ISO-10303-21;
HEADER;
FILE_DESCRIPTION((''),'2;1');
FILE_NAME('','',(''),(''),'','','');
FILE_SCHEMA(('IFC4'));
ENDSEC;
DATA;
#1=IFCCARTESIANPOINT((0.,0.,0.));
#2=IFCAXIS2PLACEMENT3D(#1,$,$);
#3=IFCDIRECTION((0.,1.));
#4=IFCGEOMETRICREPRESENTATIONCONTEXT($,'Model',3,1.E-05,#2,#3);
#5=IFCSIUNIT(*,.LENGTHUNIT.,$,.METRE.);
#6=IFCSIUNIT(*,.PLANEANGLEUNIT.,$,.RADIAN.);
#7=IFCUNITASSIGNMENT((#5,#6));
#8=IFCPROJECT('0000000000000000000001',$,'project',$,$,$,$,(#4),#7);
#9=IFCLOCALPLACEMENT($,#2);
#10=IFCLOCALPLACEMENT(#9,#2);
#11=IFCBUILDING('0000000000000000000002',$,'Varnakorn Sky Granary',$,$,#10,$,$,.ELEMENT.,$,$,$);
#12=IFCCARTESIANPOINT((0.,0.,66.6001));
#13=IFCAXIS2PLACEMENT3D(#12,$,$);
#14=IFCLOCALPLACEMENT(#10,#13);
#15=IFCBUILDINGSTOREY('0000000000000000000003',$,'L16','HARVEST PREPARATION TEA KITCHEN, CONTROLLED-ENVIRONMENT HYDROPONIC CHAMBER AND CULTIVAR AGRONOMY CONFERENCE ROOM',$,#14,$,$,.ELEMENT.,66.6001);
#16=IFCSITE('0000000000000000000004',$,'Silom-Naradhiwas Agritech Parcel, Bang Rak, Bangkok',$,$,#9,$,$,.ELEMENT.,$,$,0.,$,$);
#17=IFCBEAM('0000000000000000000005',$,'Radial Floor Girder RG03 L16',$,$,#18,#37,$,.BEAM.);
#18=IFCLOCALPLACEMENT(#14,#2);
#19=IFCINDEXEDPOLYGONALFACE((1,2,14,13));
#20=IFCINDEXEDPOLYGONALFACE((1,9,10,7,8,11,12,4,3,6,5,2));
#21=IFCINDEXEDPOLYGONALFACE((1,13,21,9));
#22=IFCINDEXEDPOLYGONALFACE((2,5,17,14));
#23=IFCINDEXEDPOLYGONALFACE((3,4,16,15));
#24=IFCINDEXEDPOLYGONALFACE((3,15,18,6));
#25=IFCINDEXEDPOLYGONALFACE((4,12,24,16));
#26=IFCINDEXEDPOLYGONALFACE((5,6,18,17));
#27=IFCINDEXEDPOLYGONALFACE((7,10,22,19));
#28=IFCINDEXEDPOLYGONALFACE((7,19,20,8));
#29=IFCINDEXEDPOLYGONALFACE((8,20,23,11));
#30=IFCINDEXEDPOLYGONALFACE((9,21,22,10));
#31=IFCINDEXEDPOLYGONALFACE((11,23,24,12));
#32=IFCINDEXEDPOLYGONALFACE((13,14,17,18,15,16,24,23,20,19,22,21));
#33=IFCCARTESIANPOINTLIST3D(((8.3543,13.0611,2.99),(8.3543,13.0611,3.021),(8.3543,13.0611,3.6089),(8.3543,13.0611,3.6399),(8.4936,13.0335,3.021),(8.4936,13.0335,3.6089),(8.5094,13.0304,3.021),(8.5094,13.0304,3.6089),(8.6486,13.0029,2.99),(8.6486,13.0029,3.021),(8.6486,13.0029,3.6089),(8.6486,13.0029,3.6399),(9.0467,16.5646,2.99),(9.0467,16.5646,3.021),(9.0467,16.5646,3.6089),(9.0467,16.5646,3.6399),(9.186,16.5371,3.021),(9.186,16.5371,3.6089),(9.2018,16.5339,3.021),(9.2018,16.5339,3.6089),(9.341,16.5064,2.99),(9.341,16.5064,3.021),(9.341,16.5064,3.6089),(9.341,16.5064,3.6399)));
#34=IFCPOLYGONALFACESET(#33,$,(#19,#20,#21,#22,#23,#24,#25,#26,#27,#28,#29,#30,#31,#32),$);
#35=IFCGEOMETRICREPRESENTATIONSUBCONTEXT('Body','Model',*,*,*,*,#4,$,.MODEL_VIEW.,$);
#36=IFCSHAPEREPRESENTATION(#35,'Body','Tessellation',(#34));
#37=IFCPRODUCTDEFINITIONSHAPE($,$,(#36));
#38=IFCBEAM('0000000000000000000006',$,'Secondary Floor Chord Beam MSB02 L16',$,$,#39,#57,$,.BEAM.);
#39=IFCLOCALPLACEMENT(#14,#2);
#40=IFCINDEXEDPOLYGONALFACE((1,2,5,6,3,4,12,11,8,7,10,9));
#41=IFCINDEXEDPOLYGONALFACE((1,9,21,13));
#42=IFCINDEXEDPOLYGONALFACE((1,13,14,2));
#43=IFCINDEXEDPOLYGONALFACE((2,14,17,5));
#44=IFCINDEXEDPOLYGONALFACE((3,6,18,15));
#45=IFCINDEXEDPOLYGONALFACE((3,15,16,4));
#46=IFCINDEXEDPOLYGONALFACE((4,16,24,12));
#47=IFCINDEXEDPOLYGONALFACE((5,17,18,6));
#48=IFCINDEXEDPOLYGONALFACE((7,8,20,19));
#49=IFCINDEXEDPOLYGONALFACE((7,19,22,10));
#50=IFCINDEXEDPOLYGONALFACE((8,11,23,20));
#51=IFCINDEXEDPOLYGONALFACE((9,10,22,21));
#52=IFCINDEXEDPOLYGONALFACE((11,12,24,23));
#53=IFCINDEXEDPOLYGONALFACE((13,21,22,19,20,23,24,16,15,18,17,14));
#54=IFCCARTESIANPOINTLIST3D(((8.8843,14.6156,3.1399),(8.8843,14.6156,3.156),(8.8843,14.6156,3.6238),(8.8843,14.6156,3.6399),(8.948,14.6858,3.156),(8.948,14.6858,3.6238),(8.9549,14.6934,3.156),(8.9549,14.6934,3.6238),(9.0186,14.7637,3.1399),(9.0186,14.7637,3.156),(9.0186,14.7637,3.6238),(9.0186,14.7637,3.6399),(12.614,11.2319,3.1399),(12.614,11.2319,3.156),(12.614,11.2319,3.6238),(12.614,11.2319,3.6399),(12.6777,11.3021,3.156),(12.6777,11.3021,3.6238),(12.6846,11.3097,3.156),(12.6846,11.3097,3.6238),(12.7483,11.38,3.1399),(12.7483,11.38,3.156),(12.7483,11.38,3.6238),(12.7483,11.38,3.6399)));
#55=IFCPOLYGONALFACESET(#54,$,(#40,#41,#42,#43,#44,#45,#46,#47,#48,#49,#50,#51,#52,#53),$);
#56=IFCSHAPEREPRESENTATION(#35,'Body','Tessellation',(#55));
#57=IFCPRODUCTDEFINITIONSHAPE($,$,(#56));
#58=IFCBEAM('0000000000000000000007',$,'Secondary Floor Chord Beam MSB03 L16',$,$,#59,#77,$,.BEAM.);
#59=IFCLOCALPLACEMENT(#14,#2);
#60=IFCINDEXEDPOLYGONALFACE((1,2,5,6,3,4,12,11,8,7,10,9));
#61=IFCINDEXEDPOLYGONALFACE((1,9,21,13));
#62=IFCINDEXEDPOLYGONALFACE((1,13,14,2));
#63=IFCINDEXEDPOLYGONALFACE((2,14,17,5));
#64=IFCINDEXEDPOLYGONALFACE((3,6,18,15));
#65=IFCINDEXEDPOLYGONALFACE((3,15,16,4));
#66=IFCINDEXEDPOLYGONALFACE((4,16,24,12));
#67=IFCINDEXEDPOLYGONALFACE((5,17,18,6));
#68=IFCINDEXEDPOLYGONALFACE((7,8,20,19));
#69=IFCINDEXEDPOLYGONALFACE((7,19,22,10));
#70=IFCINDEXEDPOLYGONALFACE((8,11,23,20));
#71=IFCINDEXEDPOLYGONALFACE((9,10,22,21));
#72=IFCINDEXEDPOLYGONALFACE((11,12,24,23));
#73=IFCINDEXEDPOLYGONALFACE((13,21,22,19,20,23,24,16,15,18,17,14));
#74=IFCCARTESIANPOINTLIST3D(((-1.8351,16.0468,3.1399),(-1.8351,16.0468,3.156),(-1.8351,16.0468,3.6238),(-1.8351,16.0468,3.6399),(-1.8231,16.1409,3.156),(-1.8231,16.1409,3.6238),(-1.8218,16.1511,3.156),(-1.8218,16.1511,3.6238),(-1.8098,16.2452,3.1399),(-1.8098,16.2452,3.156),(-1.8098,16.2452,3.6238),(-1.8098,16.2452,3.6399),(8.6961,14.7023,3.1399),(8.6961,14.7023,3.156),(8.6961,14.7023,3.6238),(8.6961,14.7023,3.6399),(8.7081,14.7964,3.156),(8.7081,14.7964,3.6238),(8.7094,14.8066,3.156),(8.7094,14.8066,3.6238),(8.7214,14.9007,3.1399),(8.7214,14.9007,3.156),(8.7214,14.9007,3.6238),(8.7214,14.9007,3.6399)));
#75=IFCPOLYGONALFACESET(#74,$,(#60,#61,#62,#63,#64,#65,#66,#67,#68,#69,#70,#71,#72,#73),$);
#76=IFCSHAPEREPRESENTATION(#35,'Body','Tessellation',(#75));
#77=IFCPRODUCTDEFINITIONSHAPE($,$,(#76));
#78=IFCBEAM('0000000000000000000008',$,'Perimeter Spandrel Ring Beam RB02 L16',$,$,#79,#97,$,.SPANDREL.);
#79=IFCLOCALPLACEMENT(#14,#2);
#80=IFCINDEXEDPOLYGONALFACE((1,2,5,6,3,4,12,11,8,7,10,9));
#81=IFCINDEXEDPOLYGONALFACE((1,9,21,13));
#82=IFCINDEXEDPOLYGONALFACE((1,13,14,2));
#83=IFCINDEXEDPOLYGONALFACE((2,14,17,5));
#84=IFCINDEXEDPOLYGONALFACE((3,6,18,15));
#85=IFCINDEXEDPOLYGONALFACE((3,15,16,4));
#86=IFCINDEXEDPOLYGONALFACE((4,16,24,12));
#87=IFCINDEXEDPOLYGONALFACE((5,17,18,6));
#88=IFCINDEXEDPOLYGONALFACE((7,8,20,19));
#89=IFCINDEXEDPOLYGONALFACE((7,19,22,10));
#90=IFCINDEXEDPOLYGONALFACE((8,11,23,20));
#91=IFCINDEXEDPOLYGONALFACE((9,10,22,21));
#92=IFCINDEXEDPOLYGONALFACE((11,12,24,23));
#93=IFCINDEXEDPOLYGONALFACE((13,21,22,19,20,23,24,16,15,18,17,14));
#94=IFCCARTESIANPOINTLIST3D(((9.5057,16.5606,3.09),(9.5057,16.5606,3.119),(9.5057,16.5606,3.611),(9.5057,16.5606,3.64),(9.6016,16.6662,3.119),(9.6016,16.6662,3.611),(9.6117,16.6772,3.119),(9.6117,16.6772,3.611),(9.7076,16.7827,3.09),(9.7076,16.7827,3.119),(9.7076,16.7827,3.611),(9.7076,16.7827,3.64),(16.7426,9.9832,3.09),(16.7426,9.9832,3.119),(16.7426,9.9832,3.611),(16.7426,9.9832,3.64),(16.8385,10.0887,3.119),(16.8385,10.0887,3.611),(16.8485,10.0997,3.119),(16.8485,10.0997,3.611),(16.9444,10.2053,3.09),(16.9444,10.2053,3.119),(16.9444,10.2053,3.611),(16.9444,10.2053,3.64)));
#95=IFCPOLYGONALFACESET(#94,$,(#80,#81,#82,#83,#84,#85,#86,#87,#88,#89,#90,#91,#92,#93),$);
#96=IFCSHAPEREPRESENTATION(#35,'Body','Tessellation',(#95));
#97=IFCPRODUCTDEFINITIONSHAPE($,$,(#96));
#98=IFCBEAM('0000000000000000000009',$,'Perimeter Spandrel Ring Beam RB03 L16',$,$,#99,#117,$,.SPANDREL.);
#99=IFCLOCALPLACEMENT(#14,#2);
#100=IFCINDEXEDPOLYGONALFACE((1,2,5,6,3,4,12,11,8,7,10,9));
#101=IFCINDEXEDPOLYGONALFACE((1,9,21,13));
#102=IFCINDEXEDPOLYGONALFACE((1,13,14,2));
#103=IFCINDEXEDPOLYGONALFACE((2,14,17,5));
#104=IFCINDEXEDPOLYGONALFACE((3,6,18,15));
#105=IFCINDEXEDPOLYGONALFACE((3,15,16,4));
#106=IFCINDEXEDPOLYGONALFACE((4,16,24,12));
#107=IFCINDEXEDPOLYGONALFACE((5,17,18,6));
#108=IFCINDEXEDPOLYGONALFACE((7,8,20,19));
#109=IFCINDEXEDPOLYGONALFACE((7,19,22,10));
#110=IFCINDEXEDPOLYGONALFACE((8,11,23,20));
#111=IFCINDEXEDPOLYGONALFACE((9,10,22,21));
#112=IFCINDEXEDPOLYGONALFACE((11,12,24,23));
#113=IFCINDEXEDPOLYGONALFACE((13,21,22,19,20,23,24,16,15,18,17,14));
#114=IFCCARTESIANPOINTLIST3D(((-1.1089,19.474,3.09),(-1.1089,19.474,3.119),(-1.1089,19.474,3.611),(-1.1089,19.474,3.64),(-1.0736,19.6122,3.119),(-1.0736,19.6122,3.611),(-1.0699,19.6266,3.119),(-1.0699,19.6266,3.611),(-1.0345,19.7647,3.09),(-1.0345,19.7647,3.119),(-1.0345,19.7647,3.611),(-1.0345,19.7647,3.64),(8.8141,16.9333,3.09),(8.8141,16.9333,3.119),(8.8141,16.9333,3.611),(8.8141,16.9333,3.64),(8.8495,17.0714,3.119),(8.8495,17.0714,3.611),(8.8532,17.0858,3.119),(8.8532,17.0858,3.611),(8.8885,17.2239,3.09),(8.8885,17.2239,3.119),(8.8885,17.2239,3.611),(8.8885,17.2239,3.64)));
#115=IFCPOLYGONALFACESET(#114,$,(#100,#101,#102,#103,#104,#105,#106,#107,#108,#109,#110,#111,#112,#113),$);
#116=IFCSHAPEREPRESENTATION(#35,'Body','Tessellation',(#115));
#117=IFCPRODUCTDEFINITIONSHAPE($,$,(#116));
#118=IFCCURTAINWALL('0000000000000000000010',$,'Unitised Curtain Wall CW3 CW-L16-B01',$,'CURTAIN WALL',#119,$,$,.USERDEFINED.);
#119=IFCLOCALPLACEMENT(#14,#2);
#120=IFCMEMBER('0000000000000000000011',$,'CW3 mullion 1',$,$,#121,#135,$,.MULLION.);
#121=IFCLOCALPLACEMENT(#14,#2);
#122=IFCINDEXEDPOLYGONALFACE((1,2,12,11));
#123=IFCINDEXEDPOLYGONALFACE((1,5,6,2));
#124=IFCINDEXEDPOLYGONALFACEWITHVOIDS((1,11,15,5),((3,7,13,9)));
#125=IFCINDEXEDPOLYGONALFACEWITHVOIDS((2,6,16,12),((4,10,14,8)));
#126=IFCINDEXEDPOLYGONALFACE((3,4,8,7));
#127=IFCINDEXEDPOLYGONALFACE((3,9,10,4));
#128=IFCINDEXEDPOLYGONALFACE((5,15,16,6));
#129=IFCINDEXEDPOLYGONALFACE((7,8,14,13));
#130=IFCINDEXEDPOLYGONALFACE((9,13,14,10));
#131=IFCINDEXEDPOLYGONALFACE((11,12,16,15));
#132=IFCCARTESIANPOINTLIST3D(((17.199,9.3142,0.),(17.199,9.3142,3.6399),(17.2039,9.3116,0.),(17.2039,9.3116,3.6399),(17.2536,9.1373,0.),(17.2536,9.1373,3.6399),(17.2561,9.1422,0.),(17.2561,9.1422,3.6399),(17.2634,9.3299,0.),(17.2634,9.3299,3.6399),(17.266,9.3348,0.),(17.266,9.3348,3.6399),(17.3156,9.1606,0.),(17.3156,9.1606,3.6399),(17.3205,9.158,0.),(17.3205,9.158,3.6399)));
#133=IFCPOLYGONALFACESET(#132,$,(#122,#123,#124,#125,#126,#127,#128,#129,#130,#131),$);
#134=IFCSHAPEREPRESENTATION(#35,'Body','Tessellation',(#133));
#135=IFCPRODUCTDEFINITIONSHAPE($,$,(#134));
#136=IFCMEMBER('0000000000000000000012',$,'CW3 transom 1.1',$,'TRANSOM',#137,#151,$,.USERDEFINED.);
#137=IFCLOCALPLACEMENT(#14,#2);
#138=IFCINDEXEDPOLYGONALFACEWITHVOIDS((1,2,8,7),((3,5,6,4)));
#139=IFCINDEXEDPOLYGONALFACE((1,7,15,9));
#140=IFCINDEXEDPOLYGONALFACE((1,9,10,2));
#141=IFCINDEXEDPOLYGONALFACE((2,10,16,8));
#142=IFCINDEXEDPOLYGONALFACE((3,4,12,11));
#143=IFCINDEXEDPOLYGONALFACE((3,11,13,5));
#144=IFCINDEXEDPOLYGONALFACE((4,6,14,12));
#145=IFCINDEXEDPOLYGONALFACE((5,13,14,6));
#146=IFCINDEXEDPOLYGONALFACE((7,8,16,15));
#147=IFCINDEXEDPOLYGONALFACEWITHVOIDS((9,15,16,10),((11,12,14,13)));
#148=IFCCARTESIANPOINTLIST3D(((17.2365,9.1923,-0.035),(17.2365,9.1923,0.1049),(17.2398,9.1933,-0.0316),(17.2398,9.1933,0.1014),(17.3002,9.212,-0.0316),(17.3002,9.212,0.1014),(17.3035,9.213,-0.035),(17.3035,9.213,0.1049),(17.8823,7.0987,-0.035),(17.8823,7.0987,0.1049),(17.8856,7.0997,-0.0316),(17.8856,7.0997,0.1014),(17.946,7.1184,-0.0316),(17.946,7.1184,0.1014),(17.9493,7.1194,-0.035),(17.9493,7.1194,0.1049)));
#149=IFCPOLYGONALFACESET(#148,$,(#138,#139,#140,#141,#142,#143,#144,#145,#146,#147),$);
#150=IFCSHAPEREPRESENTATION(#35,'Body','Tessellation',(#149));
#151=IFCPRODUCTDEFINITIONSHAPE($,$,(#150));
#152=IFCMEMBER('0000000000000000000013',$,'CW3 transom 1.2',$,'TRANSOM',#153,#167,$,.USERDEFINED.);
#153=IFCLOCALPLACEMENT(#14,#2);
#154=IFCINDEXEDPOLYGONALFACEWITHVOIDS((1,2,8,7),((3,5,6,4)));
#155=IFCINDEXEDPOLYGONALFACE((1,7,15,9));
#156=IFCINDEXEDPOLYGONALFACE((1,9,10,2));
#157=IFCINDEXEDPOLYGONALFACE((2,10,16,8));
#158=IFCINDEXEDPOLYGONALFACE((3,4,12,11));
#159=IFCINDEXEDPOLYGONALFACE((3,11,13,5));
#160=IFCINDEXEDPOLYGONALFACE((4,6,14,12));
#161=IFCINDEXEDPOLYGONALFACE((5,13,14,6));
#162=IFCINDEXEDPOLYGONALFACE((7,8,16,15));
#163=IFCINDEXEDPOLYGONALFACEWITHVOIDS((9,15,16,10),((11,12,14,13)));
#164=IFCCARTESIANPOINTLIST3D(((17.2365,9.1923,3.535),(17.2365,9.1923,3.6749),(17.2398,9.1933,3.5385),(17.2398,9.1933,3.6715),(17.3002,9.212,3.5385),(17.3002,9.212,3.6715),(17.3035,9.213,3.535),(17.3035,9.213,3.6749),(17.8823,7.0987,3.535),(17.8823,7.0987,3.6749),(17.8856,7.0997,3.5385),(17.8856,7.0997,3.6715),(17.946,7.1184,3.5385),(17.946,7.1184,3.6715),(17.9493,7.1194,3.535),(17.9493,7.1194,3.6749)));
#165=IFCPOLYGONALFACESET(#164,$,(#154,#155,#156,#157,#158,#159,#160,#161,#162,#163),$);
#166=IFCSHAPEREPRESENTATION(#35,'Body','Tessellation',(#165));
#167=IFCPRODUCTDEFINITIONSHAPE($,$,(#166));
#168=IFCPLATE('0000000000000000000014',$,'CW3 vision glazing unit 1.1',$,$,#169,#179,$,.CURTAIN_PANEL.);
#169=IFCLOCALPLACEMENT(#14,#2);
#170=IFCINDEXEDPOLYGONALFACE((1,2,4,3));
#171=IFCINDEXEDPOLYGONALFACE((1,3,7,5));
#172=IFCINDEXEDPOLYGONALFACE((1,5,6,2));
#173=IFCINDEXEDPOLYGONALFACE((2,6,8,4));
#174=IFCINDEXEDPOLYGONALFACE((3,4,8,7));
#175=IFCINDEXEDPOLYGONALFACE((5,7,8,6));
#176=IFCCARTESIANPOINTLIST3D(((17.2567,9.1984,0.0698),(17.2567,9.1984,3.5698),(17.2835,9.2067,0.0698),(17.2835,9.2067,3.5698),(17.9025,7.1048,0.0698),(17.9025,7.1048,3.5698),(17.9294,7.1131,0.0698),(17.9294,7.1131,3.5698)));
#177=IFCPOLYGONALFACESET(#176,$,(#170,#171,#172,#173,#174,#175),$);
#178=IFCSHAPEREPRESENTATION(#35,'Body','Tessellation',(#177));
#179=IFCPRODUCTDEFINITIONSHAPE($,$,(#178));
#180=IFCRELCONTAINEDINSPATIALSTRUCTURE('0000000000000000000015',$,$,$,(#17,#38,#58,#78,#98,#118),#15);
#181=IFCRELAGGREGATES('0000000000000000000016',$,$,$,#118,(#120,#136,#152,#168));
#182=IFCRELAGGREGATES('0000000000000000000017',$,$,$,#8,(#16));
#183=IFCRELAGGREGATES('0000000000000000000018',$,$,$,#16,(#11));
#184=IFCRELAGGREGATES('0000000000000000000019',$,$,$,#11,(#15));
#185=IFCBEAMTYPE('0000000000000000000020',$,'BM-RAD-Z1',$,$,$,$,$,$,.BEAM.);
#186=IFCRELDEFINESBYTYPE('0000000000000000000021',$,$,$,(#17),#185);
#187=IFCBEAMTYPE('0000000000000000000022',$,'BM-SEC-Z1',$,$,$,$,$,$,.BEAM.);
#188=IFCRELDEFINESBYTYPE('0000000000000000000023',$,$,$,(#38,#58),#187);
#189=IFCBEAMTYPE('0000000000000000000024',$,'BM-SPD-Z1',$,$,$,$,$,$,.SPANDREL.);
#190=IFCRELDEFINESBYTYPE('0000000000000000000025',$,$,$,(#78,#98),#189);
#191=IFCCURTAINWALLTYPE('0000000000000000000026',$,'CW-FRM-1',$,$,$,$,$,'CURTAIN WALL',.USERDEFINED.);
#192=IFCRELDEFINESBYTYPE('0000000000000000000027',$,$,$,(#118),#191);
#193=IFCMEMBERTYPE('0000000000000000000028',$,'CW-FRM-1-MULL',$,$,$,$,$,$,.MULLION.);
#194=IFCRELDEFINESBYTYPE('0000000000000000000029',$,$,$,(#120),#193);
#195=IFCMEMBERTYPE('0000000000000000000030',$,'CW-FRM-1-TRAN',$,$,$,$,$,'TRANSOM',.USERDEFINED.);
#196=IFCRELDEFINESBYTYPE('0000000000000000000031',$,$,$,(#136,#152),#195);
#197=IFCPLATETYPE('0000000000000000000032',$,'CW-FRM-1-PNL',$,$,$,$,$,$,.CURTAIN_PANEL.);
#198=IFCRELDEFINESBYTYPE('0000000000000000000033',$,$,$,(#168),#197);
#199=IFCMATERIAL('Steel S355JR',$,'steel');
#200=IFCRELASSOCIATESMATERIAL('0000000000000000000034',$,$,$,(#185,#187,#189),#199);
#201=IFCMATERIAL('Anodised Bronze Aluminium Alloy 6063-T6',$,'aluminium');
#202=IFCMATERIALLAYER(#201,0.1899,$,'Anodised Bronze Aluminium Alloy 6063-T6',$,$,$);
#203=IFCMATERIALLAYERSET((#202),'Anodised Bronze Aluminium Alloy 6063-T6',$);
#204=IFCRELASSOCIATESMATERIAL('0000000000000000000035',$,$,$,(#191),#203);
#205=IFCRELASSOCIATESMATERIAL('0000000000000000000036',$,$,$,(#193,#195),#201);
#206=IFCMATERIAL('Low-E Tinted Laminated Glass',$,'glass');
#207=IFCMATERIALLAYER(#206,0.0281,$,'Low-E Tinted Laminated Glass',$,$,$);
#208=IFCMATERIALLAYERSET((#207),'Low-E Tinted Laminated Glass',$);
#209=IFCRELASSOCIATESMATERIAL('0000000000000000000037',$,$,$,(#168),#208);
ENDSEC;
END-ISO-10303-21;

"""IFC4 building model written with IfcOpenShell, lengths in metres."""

from ifc_helpers import new_model, si_unit, direction, frame, origin, origin_2d, place, context, subcontext, project, spatial, rectangle, hollow_rectangle, i_section, extrude, source, transform, mapped, material, layer, layer_set, material_profile, profile_set, type_object, type_shapes, element, aggregate, save


model = new_model("IFC4")

# Units and contexts
model_context = context("Model", 3, precision=1e-05, world=origin(), true_north=direction((0.0, 1.0)))
body_context = subcontext(model_context, "Body", "Model", "MODEL_VIEW")
ifc_project = project(units=[si_unit("LENGTHUNIT", "METRE"), si_unit("PLANEANGLEUNIT", "RADIAN")], contexts=[model_context])

# Site, building, storey
site_placement = place(None, origin())
site = spatial("IfcSite", under=ifc_project, at=site_placement, Name="Silom-Naradhiwas Agritech Parcel, Bang Rak, Bangkok", CompositionType="ELEMENT", RefElevation=0.0)
building_placement = place(site_placement, origin())
building = spatial("IfcBuilding", under=site, at=building_placement, Name="Varnakorn Sky Granary", CompositionType="ELEMENT")
storey_placement = place(building_placement, frame((0.0, 0.0, 66.6001)))
storey = spatial("IfcBuildingStorey", under=building, at=storey_placement, Name="L16", Description="HARVEST PREPARATION TEA KITCHEN, CONTROLLED-ENVIRONMENT HYDROPONIC CHAMBER AND CULTIVAR AGRONOMY CONFERENCE ROOM", CompositionType="ELEMENT", Elevation=66.6001)

# Beams
ifc_material_1 = material(Name="Steel S355JR", Category="steel")
ifc_material_profile_1 = material_profile(ifc_material_1, i_section(OverallWidth=0.3, OverallDepth=0.6499, WebThickness=0.0161, FlangeThickness=0.031, at=origin_2d()), Name="HE 650 B")
ifc_profile_set_1 = profile_set([ifc_material_profile_1], Name="Steel S355JR")
beam_type_1 = type_object("IfcBeamType", Name="BM-RAD-Z1", PredefinedType="BEAM", material=ifc_profile_set_1)
beam_1_placement = place(storey_placement, frame((8.5015, 13.032, 3.3149), z_axis=(0.193881, 0.981025, 0.0), x_axis=(-0.981025, 0.193881, 0.0)))
element("IfcBeam", 1, at=beam_1_placement, inside=storey, type_object=beam_type_1, Name="Radial Floor Girder RG03 L16", PredefinedType="BEAM", context=body_context, shape_type="SweptSolid", body=[
    extrude(i_section(OverallWidth=0.3, OverallDepth=0.6499, WebThickness=0.0161, FlangeThickness=0.031, at=origin_2d()), origin(), (0.0, 0.0, 1.0), 3.5713),
])
ifc_material_profile_2 = material_profile(ifc_material_1, i_section(OverallWidth=0.2, OverallDepth=0.5, WebThickness=0.0103, FlangeThickness=0.0161, at=origin_2d()), Name="IPE 500")
ifc_profile_set_2 = profile_set([ifc_material_profile_2], Name="Steel S355JR")
beam_type_2 = type_object("IfcBeamType", Name="BM-SEC-Z1", PredefinedType="BEAM", material=ifc_profile_set_2)
beam_2_placement = place(storey_placement, frame((12.6812, 11.3059, 3.3899), z_axis=(-0.74062, 0.671924, 0.0), x_axis=(-0.671924, -0.74062, 0.0)))
element("IfcBeam", 2, at=beam_2_placement, inside=storey, type_object=beam_type_2, Name="Secondary Floor Chord Beam MSB02 L16", PredefinedType="BEAM", context=body_context, shape_type="SweptSolid", body=[
    extrude(i_section(OverallWidth=0.2, OverallDepth=0.5, WebThickness=0.0103, FlangeThickness=0.0161, at=origin_2d()), origin(), (0.0, 0.0, 1.0), 5.0359),
])
beam_3_placement = place(storey_placement, frame((8.7087, 14.8015, 3.3899), z_axis=(-0.991949, 0.126638, 0.0), x_axis=(-0.126638, -0.991949, 0.0)))
element("IfcBeam", 3, at=beam_3_placement, inside=storey, type_object=beam_type_2, Name="Secondary Floor Chord Beam MSB03 L16", PredefinedType="BEAM", context=body_context, shape_type="SweptSolid", body=[
    extrude(i_section(OverallWidth=0.2, OverallDepth=0.5, WebThickness=0.0103, FlangeThickness=0.0161, at=origin_2d()), origin(), (0.0, 0.0, 1.0), 10.6167),
])
ifc_material_profile_3 = material_profile(ifc_material_1, i_section(OverallWidth=0.3, OverallDepth=0.55, WebThickness=0.0149, FlangeThickness=0.0291, at=origin_2d()), Name="HE 550 B")
ifc_profile_set_3 = profile_set([ifc_material_profile_3], Name="Steel S355JR")
beam_type_3 = type_object("IfcBeamType", Name="BM-SPD-Z1", PredefinedType="SPANDREL", material=ifc_profile_set_3)
beam_4_placement = place(storey_placement, frame((16.8435, 10.0942, 3.365), z_axis=(-0.740018, 0.672587, 0.0), x_axis=(-0.672587, -0.740018, 0.0)))
element("IfcBeam", 4, at=beam_4_placement, inside=storey, type_object=beam_type_3, Name="Perimeter Spandrel Ring Beam RB02 L16", PredefinedType="SPANDREL", context=body_context, shape_type="SweptSolid", body=[
    extrude(i_section(OverallWidth=0.3, OverallDepth=0.55, WebThickness=0.0149, FlangeThickness=0.0291, at=origin_2d()), origin(), (0.0, 0.0, 1.0), 9.7793),
])
beam_5_placement = place(storey_placement, frame((8.8513, 17.0786, 3.365), z_axis=(-0.968749, 0.248044, 0.0), x_axis=(-0.248044, -0.968749, 0.0)))
element("IfcBeam", 5, at=beam_5_placement, inside=storey, type_object=beam_type_3, Name="Perimeter Spandrel Ring Beam RB03 L16", PredefinedType="SPANDREL", context=body_context, shape_type="SweptSolid", body=[
    extrude(i_section(OverallWidth=0.3, OverallDepth=0.55, WebThickness=0.0149, FlangeThickness=0.0291, at=origin_2d()), origin(), (0.0, 0.0, 1.0), 10.2432),
])

# Curtain wall, members, plate
ifc_material_2 = material(Name="Anodised Bronze Aluminium Alloy 6063-T6", Category="aluminium")
ifc_layer_1 = layer(ifc_material_2, 0.1899, Name="Anodised Bronze Aluminium Alloy 6063-T6")
ifc_layer_set_1 = layer_set([ifc_layer_1], Name="Anodised Bronze Aluminium Alloy 6063-T6")
curtain_wall_type = type_object("IfcCurtainWallType", Name="CW-FRM-1", ElementType="CURTAIN WALL", PredefinedType="USERDEFINED", material=ifc_layer_set_1)
curtain_wall_placement = place(storey_placement, origin())
curtain_wall = element("IfcCurtainWall", 6, at=curtain_wall_placement, inside=storey, type_object=curtain_wall_type, Name="Unitised Curtain Wall CW3 CW-L16-B01", ObjectType="CURTAIN WALL", PredefinedType="USERDEFINED")
ifc_material_profile_4 = material_profile(ifc_material_2, hollow_rectangle(XDim=0.0701, YDim=0.1851, WallThickness=0.0039, at=origin_2d()), Name="ALU MULL 70x185")
ifc_profile_set_4 = profile_set([ifc_material_profile_4], Name="Anodised Bronze Aluminium Alloy 6063-T6")
member_type_1 = type_object("IfcMemberType", Name="CW-FRM-1-MULL", PredefinedType="MULLION", material=ifc_profile_set_4)
member_1_placement = place(storey_placement, frame((17.2598, 9.2361, 0.0), z_axis=(0.0, 0.0, 1.0), x_axis=(0.955563, 0.294787, 0.0)))
member_1 = element("IfcMember", 7, at=member_1_placement, type_object=member_type_1, Name="CW3 mullion 1", PredefinedType="MULLION", context=body_context, shape_type="SweptSolid", body=[
    extrude(hollow_rectangle(XDim=0.0701, YDim=0.1851, WallThickness=0.0039, at=origin_2d()), origin(), (0.0, 0.0, 1.0), 3.6399),
])
ifc_material_profile_5 = material_profile(ifc_material_2, hollow_rectangle(XDim=0.0701, YDim=0.1399, WallThickness=0.0034, at=origin_2d()), Name="ALU TRAN 70x140")
ifc_profile_set_5 = profile_set([ifc_material_profile_5], Name="Anodised Bronze Aluminium Alloy 6063-T6")
member_type_2 = type_object("IfcMemberType", Name="CW-FRM-1-TRAN", ElementType="TRANSOM", PredefinedType="USERDEFINED", material=ifc_profile_set_5)
member_2_placement = place(storey_placement, frame((17.27, 9.2026, 0.0349), z_axis=(0.294751, -0.955574, 0.0), x_axis=(0.955574, 0.294751, 0.0)))
member_2 = element("IfcMember", 8, at=member_2_placement, type_object=member_type_2, Name="CW3 transom 1.1", ObjectType="TRANSOM", PredefinedType="USERDEFINED", context=body_context, shape_type="SweptSolid", body=[
    extrude(hollow_rectangle(XDim=0.0701, YDim=0.1399, WallThickness=0.0034, at=origin_2d()), origin(), (0.0, 0.0, 1.0), 2.1909),
])
member_3_placement = place(storey_placement, frame((17.27, 9.2026, 3.605), z_axis=(0.294751, -0.955574, 0.0), x_axis=(0.955574, 0.294751, 0.0)))
member_3 = element("IfcMember", 9, at=member_3_placement, type_object=member_type_2, Name="CW3 transom 1.2", ObjectType="TRANSOM", PredefinedType="USERDEFINED", context=body_context, shape_type="SweptSolid", body=[
    extrude(hollow_rectangle(XDim=0.0701, YDim=0.1399, WallThickness=0.0034, at=origin_2d()), origin(), (0.0, 0.0, 1.0), 2.1909),
])
ifc_material_3 = material(Name="Low-E Tinted Laminated Glass", Category="glass")
ifc_layer_2 = layer(ifc_material_3, 0.0281, Name="Low-E Tinted Laminated Glass")
ifc_layer_set_2 = layer_set([ifc_layer_2], Name="Low-E Tinted Laminated Glass")
plate_type = type_object("IfcPlateType", Name="CW-FRM-1-PNL", PredefinedType="CURTAIN_PANEL")
shared_shape_1 = source(origin(), body_context, "Body", "SweptSolid", [
    extrude(rectangle(XDim=2.1909, YDim=0.0281, at=origin_2d()), origin(), (0.0, 0.0, 1.0), 3.5),
])
type_shapes(plate_type, [shared_shape_1])
plate_placement = place(storey_placement, frame((17.593, 8.1558, 0.0698), z_axis=(0.0, 0.0, 1.0), x_axis=(0.294787, -0.955563, 0.0)))
plate = element("IfcPlate", 10, at=plate_placement, type_object=plate_type, material=ifc_layer_set_2, Name="CW3 vision glazing unit 1.1", PredefinedType="CURTAIN_PANEL", context=body_context, shape_type="MappedRepresentation", body=[
    mapped(shared_shape_1, transform((0.0, 0.0, 0.0), x_axis=(1.0, 0.0, 0.0), y_axis=(0.0, 1.0, 0.0), z_axis=(0.0, 0.0, 1.0), scale=1.0)),
])
aggregate(curtain_wall, [member_1, member_2, member_3, plate])

save(model, "model.ifc")
